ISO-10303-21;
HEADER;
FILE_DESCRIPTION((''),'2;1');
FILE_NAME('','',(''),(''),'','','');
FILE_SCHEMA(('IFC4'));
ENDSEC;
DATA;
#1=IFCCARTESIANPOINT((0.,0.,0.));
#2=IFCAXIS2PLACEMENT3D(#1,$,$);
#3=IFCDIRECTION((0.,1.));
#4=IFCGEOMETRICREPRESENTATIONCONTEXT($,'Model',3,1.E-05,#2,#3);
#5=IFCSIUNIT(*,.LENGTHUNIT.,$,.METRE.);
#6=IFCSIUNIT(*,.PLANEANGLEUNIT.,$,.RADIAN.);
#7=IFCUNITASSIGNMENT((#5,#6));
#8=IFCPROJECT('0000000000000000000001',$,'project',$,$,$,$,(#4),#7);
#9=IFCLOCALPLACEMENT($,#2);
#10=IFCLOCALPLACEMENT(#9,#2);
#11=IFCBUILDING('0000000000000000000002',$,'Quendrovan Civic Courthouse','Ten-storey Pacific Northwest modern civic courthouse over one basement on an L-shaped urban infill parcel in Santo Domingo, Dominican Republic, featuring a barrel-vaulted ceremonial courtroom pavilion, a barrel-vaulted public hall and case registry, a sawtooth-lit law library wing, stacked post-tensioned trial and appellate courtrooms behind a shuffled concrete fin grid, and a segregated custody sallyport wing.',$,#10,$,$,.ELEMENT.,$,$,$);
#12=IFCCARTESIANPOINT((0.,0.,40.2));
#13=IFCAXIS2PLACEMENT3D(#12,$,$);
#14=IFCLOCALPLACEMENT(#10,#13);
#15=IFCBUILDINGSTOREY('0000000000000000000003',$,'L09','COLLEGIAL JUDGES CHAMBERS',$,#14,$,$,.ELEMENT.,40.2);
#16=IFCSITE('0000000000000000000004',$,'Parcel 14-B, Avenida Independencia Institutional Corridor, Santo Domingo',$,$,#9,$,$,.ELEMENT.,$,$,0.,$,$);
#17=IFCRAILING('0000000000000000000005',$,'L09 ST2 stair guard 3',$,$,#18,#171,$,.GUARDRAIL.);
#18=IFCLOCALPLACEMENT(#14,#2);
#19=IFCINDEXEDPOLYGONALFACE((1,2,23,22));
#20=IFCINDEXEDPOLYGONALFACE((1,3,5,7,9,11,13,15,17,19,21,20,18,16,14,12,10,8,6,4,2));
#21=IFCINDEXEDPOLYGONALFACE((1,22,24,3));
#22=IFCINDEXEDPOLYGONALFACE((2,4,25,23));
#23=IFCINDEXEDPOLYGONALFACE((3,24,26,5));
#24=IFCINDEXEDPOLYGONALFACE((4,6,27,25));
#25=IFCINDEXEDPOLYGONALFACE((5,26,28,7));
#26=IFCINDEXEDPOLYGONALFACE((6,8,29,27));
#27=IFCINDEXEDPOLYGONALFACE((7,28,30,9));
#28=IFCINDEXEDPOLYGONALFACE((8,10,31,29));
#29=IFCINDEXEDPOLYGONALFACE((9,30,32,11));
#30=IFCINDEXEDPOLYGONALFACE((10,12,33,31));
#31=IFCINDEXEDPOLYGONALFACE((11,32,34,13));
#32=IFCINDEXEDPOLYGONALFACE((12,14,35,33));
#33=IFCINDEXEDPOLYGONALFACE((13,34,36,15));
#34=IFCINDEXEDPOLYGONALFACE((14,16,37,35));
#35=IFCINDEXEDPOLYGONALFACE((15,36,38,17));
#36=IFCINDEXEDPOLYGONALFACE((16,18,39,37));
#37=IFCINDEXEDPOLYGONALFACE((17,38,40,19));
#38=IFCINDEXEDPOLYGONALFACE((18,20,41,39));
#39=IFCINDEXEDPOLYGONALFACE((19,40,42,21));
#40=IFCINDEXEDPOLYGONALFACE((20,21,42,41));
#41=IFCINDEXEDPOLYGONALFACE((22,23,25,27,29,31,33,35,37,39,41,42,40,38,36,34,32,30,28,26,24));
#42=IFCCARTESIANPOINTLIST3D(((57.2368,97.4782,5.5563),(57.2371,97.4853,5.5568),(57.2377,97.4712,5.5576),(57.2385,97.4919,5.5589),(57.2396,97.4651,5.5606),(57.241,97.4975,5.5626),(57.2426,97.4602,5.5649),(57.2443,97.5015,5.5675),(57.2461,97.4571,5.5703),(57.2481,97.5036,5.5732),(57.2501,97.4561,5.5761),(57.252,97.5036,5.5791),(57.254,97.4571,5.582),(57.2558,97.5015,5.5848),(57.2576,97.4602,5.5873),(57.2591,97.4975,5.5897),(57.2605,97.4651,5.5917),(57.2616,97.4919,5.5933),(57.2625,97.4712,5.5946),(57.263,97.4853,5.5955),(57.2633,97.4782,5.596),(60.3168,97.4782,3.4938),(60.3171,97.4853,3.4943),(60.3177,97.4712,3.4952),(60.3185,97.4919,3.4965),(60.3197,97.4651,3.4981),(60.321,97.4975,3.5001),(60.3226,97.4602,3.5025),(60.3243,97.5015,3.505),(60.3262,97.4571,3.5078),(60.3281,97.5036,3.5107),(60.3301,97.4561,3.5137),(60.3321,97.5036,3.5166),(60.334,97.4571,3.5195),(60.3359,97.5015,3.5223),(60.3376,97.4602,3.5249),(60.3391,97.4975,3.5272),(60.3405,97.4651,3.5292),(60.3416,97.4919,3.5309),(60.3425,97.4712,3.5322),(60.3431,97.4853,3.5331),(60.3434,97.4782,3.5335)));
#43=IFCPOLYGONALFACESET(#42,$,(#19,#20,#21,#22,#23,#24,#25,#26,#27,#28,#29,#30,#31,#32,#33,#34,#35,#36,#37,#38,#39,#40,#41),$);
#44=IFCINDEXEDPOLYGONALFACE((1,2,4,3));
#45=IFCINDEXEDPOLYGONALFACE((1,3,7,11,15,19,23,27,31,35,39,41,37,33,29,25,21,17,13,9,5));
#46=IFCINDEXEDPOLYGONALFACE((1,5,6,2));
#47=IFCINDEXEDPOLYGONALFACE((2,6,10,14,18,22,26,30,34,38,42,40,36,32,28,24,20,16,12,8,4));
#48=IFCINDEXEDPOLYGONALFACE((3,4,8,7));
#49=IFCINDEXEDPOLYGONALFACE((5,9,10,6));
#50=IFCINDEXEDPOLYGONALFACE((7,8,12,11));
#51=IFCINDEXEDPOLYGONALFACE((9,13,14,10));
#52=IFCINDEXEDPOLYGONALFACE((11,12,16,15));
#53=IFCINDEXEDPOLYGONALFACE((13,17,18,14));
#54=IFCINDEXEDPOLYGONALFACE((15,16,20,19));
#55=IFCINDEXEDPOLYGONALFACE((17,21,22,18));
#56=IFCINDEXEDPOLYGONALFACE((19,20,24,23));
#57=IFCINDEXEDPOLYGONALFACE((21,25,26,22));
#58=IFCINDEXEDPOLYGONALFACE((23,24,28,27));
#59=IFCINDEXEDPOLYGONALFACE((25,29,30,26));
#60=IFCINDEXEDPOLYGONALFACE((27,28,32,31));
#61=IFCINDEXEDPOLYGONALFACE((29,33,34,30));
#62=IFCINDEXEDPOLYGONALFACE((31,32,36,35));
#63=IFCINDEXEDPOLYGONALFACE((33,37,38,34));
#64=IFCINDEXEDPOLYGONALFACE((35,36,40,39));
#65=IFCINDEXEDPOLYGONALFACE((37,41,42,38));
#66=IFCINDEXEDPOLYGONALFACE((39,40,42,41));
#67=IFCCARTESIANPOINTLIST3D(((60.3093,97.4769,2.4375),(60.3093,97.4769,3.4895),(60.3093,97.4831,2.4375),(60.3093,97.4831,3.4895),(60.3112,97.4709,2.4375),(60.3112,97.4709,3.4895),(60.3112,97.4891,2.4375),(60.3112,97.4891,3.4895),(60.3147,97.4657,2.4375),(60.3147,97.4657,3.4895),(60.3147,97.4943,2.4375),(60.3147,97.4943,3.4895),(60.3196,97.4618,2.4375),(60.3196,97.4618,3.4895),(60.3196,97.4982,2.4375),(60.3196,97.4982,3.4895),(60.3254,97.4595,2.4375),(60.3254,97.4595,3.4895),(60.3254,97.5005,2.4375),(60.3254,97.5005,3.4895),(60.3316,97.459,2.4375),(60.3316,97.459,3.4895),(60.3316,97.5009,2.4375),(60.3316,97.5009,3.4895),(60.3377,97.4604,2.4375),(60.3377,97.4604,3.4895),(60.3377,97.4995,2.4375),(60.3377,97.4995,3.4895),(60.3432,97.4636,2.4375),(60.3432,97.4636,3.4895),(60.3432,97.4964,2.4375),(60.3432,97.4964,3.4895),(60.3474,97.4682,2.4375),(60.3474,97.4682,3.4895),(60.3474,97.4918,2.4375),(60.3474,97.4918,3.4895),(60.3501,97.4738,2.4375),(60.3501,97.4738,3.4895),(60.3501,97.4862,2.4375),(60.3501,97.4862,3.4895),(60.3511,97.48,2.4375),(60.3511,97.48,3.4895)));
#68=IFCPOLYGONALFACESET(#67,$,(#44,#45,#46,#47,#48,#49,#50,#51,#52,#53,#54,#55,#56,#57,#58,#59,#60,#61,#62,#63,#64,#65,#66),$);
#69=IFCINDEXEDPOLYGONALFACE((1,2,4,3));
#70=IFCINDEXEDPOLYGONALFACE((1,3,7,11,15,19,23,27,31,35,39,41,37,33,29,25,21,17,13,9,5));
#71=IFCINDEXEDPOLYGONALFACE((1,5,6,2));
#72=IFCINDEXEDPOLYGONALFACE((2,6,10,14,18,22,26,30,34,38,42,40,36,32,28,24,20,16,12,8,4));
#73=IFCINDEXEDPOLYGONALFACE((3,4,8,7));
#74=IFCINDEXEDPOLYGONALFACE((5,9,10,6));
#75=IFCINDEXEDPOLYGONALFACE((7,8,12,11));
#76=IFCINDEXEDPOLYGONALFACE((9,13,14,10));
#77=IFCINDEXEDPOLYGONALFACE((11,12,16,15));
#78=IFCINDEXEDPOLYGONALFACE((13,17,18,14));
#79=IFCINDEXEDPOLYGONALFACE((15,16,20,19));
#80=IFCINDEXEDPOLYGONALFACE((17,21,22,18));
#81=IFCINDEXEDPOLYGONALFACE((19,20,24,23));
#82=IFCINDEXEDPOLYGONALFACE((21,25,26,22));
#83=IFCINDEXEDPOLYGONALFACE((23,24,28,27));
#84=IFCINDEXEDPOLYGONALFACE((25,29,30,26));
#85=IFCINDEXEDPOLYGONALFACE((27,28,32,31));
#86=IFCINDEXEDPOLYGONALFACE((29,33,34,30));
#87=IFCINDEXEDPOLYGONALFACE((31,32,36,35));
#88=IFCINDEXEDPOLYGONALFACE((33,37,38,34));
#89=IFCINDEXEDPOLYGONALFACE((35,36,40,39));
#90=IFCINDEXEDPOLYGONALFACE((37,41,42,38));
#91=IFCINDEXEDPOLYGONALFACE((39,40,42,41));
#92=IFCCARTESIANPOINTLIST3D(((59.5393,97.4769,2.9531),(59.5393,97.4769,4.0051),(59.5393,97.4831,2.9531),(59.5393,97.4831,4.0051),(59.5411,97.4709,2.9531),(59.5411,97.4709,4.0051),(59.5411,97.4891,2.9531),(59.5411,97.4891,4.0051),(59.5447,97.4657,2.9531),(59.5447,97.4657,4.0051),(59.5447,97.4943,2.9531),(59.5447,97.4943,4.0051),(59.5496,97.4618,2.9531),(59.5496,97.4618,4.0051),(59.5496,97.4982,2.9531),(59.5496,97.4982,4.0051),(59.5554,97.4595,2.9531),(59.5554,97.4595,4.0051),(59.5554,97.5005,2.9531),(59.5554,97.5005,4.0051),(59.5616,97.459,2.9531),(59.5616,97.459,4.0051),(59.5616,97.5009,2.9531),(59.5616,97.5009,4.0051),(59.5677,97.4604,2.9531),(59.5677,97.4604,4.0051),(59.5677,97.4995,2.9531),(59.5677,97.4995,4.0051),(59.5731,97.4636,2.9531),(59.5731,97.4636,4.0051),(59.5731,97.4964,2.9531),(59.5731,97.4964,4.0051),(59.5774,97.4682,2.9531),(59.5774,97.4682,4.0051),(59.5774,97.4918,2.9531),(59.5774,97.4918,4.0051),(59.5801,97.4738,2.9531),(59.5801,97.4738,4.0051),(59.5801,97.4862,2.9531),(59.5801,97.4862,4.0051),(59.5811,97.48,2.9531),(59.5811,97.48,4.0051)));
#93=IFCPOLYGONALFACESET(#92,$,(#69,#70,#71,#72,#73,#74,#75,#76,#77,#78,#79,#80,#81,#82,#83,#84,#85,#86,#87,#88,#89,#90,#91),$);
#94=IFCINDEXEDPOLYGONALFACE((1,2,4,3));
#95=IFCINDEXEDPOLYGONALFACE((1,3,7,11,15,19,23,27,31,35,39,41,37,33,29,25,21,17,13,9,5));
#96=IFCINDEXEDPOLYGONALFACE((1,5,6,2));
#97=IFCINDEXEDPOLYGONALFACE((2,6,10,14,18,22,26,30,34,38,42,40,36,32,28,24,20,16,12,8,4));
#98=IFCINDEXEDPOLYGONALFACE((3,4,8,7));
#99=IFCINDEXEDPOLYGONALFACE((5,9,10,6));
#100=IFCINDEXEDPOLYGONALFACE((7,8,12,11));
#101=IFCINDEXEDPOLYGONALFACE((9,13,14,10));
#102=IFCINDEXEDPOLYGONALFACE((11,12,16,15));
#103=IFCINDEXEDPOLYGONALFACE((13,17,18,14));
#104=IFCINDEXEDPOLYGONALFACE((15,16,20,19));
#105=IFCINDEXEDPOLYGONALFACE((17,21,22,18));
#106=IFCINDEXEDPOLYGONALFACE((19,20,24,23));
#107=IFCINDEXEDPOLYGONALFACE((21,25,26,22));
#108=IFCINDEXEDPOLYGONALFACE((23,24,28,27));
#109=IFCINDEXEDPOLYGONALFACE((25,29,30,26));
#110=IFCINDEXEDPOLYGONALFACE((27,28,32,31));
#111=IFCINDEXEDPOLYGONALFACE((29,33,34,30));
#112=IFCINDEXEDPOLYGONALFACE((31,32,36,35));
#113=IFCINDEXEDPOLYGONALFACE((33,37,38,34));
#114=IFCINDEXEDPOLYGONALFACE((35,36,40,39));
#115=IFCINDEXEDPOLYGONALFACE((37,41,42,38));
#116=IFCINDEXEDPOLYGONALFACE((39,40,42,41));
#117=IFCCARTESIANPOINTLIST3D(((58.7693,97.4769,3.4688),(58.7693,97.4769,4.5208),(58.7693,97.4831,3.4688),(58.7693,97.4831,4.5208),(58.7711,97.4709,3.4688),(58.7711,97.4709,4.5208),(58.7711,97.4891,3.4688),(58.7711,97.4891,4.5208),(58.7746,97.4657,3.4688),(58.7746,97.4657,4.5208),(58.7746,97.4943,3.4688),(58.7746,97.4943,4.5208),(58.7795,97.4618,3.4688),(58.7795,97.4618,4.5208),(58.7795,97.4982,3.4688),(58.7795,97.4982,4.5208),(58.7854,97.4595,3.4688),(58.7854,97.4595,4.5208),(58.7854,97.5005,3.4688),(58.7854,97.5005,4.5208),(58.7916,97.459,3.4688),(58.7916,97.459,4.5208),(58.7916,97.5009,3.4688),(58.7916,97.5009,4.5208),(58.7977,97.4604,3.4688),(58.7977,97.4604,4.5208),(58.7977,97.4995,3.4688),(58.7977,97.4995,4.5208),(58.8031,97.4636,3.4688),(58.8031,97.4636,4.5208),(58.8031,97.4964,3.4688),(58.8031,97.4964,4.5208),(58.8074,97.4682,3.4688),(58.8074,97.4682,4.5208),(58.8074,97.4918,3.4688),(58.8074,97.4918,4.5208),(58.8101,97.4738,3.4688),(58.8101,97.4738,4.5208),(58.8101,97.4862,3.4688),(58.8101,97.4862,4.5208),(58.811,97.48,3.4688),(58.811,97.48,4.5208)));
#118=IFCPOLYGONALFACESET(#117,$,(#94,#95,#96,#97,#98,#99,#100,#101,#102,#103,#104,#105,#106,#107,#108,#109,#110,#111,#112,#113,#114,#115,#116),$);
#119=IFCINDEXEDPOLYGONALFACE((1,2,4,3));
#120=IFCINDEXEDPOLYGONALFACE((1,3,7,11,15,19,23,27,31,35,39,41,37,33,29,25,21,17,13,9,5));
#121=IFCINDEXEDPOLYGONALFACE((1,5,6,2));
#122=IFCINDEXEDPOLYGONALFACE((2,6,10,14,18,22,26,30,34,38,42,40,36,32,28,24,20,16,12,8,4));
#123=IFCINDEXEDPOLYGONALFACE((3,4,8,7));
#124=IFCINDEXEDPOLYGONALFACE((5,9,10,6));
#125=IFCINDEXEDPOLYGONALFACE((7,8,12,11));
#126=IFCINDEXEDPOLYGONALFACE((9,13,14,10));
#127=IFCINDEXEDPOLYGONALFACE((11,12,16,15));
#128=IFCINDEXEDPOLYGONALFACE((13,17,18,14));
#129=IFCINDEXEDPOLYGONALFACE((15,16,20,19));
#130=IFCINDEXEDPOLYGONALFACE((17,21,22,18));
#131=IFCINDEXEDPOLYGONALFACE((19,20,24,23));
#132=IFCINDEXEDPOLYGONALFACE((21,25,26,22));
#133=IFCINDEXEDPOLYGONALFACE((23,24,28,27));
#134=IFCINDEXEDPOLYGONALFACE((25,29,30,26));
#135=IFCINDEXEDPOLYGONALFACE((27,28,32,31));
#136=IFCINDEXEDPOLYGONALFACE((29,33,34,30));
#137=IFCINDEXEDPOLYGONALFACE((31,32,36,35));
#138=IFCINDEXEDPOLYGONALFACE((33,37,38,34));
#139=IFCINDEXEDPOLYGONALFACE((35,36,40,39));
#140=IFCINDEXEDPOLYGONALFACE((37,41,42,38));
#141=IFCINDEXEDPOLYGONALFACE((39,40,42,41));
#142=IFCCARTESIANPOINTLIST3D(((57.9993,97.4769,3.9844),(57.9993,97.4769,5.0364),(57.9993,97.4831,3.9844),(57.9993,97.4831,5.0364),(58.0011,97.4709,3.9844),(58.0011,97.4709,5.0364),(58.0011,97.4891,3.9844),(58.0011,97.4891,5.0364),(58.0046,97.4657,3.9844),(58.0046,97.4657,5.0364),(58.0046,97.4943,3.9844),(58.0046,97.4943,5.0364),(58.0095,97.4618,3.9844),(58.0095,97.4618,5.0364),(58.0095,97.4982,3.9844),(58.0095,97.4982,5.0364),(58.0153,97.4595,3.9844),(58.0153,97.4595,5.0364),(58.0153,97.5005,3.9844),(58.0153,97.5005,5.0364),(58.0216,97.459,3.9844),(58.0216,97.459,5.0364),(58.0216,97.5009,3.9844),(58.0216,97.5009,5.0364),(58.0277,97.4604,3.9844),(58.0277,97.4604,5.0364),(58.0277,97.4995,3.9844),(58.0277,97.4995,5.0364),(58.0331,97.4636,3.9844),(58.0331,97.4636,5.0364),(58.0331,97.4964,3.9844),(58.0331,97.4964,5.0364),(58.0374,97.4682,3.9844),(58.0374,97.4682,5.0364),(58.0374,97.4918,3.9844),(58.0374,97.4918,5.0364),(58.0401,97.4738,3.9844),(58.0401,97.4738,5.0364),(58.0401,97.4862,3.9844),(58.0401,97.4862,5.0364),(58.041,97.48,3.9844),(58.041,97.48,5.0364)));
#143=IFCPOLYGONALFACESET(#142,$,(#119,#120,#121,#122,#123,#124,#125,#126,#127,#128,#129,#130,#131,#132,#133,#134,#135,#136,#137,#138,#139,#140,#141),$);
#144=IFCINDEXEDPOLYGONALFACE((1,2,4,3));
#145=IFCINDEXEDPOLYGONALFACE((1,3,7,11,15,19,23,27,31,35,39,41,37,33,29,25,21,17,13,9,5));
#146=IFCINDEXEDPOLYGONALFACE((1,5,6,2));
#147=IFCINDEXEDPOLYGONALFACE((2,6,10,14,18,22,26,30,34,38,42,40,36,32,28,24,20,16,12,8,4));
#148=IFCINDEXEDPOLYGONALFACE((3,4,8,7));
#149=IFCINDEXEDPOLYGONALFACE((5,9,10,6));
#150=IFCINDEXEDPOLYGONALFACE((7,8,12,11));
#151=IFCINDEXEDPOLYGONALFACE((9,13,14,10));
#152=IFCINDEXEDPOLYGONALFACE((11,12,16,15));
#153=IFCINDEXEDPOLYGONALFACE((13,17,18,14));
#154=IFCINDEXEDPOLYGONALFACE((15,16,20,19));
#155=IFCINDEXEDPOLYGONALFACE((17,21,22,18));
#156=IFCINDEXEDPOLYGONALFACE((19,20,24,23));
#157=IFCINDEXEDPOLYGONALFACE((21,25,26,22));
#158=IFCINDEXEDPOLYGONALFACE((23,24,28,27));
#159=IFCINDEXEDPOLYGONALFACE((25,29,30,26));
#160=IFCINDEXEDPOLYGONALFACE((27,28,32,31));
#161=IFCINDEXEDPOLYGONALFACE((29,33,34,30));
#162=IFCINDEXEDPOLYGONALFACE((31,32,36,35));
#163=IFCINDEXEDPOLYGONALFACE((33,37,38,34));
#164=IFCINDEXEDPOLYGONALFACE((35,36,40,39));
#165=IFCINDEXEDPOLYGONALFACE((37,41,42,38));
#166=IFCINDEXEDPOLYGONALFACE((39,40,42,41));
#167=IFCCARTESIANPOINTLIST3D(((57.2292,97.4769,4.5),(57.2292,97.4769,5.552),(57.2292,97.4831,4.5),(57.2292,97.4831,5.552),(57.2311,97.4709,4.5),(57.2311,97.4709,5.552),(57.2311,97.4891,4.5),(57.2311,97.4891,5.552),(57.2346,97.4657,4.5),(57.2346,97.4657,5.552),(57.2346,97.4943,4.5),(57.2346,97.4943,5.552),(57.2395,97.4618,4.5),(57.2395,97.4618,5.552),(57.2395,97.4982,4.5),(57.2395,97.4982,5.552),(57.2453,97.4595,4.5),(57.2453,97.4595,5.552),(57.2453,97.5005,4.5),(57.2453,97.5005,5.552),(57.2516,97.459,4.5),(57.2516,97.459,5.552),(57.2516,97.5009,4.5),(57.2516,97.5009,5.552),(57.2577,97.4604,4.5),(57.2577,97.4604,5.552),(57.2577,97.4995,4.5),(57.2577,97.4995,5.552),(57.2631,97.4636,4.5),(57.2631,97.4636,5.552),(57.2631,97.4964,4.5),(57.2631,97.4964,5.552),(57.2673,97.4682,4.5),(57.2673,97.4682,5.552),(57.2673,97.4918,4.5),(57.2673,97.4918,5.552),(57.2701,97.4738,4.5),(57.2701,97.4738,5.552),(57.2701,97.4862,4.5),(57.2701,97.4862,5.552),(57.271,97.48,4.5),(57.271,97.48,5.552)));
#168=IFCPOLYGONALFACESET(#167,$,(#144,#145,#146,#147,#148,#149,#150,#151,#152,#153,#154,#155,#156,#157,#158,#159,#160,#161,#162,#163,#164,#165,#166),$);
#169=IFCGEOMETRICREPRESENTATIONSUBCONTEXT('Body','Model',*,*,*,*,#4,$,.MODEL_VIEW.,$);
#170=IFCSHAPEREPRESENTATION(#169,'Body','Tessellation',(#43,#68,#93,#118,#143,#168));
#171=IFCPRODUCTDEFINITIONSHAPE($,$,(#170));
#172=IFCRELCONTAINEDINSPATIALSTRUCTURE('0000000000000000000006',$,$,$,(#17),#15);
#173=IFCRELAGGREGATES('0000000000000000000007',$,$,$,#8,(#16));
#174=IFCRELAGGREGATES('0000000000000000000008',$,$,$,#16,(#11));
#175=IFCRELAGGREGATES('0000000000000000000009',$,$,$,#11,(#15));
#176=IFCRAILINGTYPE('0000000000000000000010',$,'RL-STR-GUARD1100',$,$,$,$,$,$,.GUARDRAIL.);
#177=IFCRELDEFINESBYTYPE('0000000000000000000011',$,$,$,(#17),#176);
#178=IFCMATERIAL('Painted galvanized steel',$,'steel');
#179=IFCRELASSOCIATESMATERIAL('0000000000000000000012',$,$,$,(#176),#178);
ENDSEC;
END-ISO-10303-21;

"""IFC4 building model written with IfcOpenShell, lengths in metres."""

from ifc_helpers import new_model, si_unit, direction, frame, origin, origin_2d, place, context, subcontext, project, spatial, circle, extrude, material, type_object, element, save


model = new_model("IFC4")

# Units and contexts
model_context = context("Model", 3, precision=1e-05, world=origin(), true_north=direction((0.0, 1.0)))
body_context = subcontext(model_context, "Body", "Model", "MODEL_VIEW")
ifc_project = project(units=[si_unit("LENGTHUNIT", "METRE"), si_unit("PLANEANGLEUNIT", "RADIAN")], contexts=[model_context])

# Site, building, storey
site_placement = place(None, origin())
site = spatial("IfcSite", under=ifc_project, at=site_placement, Name="Parcel 14-B, Avenida Independencia Institutional Corridor, Santo Domingo", CompositionType="ELEMENT", RefElevation=0.0)
building_placement = place(site_placement, origin())
building = spatial("IfcBuilding", under=site, at=building_placement, Name="Quendrovan Civic Courthouse", Description="Ten-storey Pacific Northwest modern civic courthouse over one basement on an L-shaped urban infill parcel in Santo Domingo, Dominican Republic, featuring a barrel-vaulted ceremonial courtroom pavilion, a barrel-vaulted public hall and case registry, a sawtooth-lit law library wing, stacked post-tensioned trial and appellate courtrooms behind a shuffled concrete fin grid, and a segregated custody sallyport wing.", CompositionType="ELEMENT")
storey_placement = place(building_placement, frame((0.0, 0.0, 40.2)))
storey = spatial("IfcBuildingStorey", under=building, at=storey_placement, Name="L09", Description="COLLEGIAL JUDGES CHAMBERS", CompositionType="ELEMENT", Elevation=40.2)

# Railing
ifc_material_1 = material(Name="Painted galvanized steel", Category="steel")
railing_type_1 = type_object("IfcRailingType", Name="RL-STR-GUARD1100", PredefinedType="GUARDRAIL", material=ifc_material_1)
railing_1_placement = place(storey_placement, frame((60.3301, 97.48, 2.4375)))
element("IfcRailing", 1, at=railing_1_placement, inside=storey, type_object=railing_type_1, Name="L09 ST2 stair guard 3", PredefinedType="GUARDRAIL", context=body_context, shape_type="SweptSolid", body=[
    extrude(circle(Radius=0.0239, at=origin_2d()), frame((0.0, 0.0, 1.0762), z_axis=(-0.830914, 0.0, 0.556401), x_axis=(0.0, -1.0, 0.0)), (0.0, 0.0, 1.0), 3.7068),
    extrude(circle(Radius=0.021, at=origin_2d()), origin(), (0.0, 0.0, 1.0), 1.052),
    extrude(circle(Radius=0.021, at=origin_2d()), frame((-0.77, 0.0, 0.5156)), (0.0, 0.0, 1.0), 1.052),
    extrude(circle(Radius=0.021, at=origin_2d()), frame((-1.54, 0.0, 1.0312)), (0.0, 0.0, 1.0), 1.052),
    extrude(circle(Radius=0.021, at=origin_2d()), frame((-2.3101, 0.0, 1.5469)), (0.0, 0.0, 1.0), 1.052),
    extrude(circle(Radius=0.021, at=origin_2d()), frame((-3.0801, 0.0, 2.0625)), (0.0, 0.0, 1.0), 1.052),
])

save(model, "model.ifc")
